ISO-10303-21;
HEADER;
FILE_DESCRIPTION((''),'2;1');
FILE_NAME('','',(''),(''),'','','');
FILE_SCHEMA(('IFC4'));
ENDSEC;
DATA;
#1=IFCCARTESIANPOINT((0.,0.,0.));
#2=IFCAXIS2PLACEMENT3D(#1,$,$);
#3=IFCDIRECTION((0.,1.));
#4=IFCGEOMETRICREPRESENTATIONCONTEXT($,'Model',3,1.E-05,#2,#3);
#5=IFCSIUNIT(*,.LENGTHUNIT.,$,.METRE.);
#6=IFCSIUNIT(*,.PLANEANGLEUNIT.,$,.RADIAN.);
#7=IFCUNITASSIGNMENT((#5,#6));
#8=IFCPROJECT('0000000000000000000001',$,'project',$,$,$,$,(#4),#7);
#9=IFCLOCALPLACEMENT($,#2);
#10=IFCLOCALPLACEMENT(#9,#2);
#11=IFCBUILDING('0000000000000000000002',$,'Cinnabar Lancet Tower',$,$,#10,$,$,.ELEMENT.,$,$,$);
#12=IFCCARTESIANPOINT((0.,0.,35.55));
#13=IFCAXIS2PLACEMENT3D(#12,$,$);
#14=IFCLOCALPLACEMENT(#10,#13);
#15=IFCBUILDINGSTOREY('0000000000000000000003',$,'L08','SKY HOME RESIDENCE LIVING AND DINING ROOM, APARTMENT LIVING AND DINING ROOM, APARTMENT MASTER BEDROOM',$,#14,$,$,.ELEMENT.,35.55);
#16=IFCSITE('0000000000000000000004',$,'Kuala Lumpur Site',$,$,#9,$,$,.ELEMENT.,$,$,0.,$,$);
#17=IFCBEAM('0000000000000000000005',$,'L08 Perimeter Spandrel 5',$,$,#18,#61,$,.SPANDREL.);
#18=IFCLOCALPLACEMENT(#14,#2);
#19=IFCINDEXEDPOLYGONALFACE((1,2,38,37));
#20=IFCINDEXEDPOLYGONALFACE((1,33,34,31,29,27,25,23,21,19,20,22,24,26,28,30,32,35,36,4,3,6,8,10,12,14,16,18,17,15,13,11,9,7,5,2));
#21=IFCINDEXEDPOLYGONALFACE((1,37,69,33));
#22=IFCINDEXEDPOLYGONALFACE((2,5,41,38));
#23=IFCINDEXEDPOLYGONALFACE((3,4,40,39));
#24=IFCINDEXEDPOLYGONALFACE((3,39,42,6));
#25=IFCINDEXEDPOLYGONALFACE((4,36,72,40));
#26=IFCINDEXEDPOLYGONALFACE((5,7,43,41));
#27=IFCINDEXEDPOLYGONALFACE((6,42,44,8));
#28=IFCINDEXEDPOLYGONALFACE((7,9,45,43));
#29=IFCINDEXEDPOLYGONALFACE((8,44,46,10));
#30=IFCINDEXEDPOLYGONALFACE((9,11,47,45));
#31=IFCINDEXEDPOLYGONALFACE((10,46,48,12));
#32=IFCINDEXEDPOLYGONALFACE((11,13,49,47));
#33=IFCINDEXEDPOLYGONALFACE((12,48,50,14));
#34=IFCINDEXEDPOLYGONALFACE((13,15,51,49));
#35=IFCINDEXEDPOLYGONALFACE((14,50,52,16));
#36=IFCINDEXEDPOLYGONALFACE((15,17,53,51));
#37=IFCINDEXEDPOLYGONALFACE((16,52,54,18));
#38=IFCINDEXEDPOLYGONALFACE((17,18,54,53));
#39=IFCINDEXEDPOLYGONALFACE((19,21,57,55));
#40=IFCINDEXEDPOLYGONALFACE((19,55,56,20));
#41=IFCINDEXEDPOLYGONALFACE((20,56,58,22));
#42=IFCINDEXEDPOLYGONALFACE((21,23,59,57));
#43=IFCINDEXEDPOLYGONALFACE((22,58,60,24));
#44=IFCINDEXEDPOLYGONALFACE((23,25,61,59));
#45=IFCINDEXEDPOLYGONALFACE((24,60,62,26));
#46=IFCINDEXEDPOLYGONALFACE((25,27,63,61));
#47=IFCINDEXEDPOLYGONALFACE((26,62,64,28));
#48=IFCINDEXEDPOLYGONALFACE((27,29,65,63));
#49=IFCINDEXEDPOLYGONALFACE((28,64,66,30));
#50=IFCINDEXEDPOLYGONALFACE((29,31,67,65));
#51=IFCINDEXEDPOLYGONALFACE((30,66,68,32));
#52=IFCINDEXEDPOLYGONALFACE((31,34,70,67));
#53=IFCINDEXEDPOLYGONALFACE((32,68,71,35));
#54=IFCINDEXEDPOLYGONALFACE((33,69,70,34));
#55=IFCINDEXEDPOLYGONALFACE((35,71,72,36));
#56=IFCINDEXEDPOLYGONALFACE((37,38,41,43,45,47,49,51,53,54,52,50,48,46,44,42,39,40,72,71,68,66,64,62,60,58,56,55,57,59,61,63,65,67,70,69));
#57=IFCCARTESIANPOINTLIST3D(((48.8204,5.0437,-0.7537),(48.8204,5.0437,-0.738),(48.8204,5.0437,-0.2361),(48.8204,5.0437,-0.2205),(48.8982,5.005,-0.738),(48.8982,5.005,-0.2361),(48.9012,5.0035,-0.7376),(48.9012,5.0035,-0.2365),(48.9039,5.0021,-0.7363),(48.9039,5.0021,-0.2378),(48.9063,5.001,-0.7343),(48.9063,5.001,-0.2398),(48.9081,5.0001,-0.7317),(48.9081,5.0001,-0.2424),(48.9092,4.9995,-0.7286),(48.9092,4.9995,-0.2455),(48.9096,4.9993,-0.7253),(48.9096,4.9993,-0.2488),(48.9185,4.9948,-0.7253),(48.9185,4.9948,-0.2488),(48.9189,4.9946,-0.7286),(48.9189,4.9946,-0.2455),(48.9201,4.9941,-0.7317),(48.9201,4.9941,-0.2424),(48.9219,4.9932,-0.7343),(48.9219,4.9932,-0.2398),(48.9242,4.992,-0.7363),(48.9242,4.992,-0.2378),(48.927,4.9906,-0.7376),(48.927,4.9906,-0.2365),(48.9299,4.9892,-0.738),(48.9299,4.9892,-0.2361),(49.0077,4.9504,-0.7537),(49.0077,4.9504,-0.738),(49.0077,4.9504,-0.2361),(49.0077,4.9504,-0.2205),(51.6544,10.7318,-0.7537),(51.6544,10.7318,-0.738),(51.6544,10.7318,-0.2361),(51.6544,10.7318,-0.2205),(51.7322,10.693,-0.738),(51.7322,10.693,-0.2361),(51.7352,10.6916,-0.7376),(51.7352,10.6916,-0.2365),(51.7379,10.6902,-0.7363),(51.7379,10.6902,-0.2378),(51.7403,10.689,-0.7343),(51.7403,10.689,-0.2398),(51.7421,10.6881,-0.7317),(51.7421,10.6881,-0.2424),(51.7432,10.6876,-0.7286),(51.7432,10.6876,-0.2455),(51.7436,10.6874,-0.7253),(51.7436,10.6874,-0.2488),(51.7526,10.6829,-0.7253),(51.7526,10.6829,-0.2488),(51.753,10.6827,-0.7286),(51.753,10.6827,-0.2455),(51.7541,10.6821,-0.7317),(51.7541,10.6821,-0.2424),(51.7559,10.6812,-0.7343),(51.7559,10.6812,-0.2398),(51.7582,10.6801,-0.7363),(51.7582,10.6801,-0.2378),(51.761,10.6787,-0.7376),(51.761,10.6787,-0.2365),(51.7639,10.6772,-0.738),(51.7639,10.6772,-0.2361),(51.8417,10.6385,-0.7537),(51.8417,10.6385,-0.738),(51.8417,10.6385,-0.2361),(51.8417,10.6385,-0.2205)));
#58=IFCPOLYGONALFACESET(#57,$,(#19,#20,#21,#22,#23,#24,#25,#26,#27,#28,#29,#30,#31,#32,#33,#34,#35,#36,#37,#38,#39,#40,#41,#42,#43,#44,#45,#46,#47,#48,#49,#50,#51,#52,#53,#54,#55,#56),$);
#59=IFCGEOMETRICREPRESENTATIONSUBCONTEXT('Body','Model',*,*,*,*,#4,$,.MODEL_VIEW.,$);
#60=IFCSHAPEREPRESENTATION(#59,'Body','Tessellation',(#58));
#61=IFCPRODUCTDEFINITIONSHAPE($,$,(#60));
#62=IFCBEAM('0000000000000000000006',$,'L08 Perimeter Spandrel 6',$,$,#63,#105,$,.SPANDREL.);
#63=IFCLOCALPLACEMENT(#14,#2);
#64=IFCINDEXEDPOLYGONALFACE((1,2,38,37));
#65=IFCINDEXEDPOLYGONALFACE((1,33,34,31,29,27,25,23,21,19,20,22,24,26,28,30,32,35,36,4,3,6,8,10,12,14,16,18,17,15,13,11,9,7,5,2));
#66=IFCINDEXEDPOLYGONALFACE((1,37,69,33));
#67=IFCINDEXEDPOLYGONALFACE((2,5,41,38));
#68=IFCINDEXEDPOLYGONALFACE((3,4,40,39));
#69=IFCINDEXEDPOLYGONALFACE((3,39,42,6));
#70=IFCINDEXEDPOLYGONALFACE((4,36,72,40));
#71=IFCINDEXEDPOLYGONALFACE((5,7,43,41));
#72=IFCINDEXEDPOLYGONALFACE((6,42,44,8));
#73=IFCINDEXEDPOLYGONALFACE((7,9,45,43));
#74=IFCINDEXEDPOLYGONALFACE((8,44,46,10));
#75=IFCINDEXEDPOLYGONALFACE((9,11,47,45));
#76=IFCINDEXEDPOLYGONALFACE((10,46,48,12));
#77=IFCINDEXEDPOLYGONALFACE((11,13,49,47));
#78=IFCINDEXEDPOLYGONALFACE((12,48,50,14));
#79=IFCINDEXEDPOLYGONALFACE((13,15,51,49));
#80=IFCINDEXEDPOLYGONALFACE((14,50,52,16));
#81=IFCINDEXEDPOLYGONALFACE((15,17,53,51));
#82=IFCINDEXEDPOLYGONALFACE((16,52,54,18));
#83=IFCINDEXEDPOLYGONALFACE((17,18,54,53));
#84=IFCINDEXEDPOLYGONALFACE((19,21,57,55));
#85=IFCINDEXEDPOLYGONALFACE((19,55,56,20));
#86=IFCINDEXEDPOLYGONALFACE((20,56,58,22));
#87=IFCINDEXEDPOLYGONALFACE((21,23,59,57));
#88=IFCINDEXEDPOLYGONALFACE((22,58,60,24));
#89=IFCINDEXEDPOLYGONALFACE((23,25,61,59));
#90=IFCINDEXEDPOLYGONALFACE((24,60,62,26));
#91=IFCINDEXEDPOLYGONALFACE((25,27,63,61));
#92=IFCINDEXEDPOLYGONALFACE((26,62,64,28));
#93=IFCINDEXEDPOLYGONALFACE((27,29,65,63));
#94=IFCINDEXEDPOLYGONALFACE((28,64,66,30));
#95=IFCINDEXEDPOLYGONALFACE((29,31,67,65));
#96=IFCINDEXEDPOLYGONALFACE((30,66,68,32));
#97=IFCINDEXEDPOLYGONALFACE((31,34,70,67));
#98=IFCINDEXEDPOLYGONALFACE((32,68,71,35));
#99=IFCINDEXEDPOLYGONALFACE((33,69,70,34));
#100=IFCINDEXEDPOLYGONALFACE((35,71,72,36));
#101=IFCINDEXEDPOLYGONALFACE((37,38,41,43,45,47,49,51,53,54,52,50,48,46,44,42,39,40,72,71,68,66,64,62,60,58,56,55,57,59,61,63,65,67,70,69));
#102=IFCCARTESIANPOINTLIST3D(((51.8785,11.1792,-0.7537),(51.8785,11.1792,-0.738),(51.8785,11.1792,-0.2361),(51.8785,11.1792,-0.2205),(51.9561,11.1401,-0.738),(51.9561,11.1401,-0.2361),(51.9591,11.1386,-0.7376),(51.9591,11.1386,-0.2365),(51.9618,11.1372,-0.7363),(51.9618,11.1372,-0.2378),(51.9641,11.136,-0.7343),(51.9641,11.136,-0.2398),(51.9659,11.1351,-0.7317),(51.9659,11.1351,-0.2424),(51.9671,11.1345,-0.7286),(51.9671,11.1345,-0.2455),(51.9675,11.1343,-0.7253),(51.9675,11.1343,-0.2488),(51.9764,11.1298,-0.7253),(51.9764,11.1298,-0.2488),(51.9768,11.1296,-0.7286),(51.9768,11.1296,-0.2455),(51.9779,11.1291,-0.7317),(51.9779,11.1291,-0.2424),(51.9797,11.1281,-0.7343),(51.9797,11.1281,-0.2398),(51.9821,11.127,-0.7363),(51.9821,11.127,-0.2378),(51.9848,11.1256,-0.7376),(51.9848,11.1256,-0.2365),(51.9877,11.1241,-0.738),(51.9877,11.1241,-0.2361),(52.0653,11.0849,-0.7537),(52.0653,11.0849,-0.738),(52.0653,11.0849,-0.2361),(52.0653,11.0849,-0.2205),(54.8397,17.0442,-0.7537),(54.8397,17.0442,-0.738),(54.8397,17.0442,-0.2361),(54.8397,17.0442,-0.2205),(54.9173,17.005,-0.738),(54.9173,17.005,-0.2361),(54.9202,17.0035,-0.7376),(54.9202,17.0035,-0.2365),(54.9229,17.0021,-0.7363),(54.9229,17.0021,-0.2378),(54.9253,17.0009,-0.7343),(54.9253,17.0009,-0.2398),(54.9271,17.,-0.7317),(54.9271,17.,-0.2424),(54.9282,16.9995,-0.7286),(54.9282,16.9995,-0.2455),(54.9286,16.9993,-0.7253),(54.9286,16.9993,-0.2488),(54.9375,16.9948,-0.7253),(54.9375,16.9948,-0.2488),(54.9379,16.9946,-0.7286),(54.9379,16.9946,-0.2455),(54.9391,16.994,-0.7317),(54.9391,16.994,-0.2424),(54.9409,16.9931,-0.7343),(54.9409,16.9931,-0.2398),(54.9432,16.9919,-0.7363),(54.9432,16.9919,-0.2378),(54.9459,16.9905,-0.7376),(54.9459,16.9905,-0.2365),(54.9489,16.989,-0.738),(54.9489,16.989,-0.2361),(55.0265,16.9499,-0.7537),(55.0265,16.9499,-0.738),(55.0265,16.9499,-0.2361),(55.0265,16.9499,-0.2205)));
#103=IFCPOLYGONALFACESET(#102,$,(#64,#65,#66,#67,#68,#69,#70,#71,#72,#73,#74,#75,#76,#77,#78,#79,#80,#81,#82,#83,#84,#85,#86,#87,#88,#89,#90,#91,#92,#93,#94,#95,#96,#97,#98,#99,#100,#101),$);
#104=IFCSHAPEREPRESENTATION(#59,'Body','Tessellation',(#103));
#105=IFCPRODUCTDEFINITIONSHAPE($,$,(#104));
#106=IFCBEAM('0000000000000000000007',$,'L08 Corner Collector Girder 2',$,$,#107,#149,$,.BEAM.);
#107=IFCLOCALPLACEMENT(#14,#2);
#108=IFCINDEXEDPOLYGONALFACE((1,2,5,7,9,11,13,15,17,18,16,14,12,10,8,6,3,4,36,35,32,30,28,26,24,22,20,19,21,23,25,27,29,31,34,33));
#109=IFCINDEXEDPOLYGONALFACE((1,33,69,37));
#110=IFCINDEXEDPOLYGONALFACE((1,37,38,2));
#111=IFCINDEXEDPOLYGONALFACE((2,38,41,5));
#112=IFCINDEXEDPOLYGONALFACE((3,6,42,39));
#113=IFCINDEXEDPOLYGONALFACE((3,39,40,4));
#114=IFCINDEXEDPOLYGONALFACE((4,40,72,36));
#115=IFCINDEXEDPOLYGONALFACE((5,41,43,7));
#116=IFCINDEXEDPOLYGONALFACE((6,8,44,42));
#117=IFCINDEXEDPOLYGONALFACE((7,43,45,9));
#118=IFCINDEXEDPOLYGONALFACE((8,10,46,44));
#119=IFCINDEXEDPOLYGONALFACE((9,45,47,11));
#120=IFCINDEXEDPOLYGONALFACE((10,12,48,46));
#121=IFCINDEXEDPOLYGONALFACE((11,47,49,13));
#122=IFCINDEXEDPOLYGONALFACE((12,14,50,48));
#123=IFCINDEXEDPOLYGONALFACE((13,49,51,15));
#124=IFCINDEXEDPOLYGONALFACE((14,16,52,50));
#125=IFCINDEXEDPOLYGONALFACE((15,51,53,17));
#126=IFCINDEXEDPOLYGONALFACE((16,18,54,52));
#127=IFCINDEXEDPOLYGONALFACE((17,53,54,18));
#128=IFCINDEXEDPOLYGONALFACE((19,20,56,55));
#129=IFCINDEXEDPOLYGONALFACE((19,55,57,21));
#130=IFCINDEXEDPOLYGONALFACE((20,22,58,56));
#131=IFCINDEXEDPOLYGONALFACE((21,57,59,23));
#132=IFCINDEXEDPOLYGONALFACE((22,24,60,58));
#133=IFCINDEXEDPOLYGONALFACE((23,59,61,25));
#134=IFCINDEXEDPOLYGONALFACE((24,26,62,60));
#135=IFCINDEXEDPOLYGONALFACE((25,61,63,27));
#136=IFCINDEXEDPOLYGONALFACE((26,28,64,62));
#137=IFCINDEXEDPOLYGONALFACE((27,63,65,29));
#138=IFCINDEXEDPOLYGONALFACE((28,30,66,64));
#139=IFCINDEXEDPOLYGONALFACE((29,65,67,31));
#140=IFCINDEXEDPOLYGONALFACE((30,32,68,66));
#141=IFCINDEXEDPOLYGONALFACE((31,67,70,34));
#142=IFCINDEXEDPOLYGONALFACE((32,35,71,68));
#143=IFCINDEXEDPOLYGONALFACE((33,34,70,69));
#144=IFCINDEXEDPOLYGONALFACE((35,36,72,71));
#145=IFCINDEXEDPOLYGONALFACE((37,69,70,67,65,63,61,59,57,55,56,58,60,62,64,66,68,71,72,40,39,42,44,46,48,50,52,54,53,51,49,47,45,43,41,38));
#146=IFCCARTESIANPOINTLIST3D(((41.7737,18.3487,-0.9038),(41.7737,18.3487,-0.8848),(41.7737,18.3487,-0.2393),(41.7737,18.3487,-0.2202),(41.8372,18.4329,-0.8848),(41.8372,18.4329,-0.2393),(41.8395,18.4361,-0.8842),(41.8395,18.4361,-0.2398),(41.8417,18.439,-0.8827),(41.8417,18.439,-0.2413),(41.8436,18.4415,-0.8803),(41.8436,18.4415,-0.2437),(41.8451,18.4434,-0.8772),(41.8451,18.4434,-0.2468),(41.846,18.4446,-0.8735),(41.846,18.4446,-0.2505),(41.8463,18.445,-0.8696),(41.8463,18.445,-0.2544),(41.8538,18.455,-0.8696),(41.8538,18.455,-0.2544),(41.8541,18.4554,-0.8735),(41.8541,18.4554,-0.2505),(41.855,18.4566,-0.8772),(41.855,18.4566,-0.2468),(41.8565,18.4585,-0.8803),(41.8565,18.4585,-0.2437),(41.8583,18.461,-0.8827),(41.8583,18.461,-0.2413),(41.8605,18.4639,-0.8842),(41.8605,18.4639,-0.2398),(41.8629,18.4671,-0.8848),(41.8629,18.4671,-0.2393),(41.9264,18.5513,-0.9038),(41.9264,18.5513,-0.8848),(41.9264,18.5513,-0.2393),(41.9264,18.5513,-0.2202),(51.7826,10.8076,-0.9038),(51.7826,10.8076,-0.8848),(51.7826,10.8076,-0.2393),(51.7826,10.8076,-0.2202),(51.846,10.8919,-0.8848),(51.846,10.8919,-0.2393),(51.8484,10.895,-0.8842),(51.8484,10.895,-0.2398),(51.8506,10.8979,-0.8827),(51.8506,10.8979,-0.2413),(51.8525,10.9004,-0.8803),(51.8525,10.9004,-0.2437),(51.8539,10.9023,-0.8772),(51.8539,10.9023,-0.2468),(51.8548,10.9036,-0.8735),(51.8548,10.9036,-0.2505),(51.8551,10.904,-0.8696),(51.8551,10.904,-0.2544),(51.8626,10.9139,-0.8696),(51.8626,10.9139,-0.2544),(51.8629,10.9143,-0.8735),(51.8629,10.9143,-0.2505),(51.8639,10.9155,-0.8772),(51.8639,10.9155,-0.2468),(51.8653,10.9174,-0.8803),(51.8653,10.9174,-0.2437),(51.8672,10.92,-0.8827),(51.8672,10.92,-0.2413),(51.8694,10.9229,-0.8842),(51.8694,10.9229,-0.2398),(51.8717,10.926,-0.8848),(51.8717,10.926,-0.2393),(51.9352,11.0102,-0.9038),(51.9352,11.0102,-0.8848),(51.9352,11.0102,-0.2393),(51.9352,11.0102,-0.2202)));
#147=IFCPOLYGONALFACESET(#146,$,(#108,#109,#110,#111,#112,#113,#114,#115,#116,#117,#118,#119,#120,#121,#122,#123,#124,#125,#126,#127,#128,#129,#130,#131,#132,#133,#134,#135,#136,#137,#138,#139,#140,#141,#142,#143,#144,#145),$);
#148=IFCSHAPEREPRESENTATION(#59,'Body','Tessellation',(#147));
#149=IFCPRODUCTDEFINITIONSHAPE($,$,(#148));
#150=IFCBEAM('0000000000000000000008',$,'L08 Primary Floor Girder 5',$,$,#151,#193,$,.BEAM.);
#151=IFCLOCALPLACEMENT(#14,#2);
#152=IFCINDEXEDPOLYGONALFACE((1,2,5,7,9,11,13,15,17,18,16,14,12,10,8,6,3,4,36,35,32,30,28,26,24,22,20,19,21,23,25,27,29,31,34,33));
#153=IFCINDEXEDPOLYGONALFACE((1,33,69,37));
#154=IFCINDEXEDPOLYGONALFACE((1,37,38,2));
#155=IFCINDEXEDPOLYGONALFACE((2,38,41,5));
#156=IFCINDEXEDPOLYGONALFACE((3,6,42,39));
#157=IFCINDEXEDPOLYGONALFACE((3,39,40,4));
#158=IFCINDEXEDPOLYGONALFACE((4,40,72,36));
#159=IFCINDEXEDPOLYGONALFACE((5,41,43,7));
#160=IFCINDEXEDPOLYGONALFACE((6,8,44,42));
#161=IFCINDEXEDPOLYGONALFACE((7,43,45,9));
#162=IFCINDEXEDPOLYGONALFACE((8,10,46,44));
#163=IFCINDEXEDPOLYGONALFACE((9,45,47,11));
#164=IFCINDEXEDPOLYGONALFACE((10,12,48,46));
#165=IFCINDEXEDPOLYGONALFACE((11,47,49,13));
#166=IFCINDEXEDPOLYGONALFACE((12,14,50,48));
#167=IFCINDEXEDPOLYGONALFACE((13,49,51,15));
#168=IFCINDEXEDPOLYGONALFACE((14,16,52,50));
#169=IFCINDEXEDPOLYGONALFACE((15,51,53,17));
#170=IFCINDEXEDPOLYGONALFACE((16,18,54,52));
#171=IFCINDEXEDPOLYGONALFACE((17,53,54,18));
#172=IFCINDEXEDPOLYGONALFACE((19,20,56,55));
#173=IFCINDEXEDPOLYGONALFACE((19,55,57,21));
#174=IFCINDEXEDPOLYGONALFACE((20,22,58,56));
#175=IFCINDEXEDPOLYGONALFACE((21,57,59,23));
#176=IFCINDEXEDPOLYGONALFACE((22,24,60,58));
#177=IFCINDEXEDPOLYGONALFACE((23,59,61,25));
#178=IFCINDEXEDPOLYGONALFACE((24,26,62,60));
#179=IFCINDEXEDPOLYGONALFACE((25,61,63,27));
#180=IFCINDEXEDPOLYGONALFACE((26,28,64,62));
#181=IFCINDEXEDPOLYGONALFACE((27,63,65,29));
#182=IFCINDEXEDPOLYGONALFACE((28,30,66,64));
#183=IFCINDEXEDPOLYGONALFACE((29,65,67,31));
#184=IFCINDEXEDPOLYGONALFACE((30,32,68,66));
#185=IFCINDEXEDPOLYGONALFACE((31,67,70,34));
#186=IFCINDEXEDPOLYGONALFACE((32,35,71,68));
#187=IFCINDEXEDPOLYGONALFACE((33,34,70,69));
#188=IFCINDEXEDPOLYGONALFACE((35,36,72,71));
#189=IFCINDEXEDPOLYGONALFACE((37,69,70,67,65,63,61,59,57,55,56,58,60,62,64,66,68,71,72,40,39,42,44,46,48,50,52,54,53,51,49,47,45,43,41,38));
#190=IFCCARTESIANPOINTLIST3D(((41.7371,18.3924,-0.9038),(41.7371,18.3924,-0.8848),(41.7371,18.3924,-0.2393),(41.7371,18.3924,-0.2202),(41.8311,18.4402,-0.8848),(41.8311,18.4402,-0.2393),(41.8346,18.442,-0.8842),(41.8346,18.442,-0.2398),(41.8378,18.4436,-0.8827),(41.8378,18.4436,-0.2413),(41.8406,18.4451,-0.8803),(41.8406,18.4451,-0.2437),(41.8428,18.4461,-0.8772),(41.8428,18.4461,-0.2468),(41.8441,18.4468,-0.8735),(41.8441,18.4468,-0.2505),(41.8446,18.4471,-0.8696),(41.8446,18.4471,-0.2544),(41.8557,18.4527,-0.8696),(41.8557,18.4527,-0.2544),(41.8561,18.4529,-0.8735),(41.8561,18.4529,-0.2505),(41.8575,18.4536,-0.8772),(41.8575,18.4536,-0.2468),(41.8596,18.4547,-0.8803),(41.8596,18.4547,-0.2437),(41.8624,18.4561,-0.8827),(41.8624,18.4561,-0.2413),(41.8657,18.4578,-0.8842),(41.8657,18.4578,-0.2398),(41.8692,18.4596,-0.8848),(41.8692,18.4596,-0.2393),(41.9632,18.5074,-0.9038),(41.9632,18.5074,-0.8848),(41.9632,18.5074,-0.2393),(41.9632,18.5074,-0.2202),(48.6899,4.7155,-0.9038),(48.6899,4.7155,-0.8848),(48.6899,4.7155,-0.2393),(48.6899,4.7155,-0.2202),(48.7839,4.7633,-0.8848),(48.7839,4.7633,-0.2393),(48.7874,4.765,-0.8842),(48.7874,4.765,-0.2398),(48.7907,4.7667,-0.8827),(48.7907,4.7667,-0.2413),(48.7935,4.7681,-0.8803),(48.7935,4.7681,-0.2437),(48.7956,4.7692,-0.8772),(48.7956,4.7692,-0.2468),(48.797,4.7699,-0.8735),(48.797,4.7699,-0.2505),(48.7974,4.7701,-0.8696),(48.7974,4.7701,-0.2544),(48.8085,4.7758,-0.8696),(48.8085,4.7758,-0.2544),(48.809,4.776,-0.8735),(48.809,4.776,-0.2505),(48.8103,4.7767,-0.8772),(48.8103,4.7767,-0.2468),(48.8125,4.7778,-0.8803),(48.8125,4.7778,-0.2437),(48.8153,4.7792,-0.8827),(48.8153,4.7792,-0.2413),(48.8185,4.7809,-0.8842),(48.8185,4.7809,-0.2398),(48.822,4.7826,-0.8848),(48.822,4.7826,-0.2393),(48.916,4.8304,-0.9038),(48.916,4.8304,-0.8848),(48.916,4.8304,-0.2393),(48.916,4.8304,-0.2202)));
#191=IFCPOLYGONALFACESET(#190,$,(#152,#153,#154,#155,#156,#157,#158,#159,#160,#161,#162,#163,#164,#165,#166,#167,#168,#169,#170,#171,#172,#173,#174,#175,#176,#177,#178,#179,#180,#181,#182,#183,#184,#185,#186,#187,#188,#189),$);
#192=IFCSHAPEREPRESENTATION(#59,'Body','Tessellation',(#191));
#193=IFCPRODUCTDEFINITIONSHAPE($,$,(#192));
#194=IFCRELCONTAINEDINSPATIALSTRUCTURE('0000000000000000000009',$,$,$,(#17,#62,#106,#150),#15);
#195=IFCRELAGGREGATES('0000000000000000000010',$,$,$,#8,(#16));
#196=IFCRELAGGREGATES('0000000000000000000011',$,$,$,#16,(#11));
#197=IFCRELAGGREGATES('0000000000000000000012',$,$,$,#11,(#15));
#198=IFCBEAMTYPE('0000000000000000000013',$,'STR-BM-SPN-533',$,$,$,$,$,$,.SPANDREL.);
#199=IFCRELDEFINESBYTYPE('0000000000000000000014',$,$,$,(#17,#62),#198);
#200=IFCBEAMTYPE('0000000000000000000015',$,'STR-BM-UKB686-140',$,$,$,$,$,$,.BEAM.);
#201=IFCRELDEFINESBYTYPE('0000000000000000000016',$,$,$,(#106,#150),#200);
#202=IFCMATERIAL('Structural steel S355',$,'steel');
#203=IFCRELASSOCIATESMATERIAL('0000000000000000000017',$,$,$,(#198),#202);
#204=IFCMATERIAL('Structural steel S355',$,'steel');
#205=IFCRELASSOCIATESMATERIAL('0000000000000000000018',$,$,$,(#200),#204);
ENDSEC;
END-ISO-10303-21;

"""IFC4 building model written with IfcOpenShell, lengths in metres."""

from ifc_helpers import new_model, si_unit, direction, frame, origin, origin_2d, place, context, subcontext, project, spatial, i_section, extrude, material, material_profile, profile_set, type_object, element, save


model = new_model("IFC4")

# Units and contexts
model_context = context("Model", 3, precision=1e-05, world=origin(), true_north=direction((0.0, 1.0)))
body_context = subcontext(model_context, "Body", "Model", "MODEL_VIEW")
ifc_project = project(units=[si_unit("LENGTHUNIT", "METRE"), si_unit("PLANEANGLEUNIT", "RADIAN")], contexts=[model_context])

# Site, building, storey
site_placement = place(None, origin())
site = spatial("IfcSite", under=ifc_project, at=site_placement, Name="Kuala Lumpur Site", CompositionType="ELEMENT", RefElevation=0.0)
building_placement = place(site_placement, origin())
building = spatial("IfcBuilding", under=site, at=building_placement, Name="Cinnabar Lancet Tower", CompositionType="ELEMENT")
storey_placement = place(building_placement, frame((0.0, 0.0, 35.55)))
storey = spatial("IfcBuildingStorey", under=building, at=storey_placement, Name="L08", Description="SKY HOME RESIDENCE LIVING AND DINING ROOM, APARTMENT LIVING AND DINING ROOM, APARTMENT MASTER BEDROOM", CompositionType="ELEMENT", Elevation=35.55)

# Beams
ifc_material_1 = material(Name="Structural steel S355", Category="steel")
ifc_material_profile_1 = material_profile(ifc_material_1, i_section(OverallWidth=0.2092, OverallDepth=0.5332, WebThickness=0.01, FlangeThickness=0.0156, FilletRadius=0.0127, at=origin_2d()), Name="UKB 533x210x92")
ifc_profile_set_1 = profile_set([ifc_material_profile_1], Name="Structural steel S355")
beam_type_1 = type_object("IfcBeamType", Name="STR-BM-SPN-533", PredefinedType="SPANDREL", material=ifc_profile_set_1)
beam_1_placement = place(storey_placement, frame((48.9141, 4.9971, -0.4871), z_axis=(0.445953, 0.895056, 0.0), x_axis=(-0.895056, 0.445953, 0.0)))
element("IfcBeam", 1, at=beam_1_placement, inside=storey, type_object=beam_type_1, Name="L08 Perimeter Spandrel 5", PredefinedType="SPANDREL", context=body_context, shape_type="SweptSolid", body=[
    extrude(i_section(OverallWidth=0.2092, OverallDepth=0.5332, WebThickness=0.01, FlangeThickness=0.0156, FilletRadius=0.0127, at=origin_2d()), origin(), (0.0, 0.0, 1.0), 6.355),
])
beam_2_placement = place(storey_placement, frame((51.9719, 11.1321, -0.4871), z_axis=(0.450703, 0.892674, 0.0), x_axis=(-0.892674, 0.450703, 0.0)))
element("IfcBeam", 2, at=beam_2_placement, inside=storey, type_object=beam_type_1, Name="L08 Perimeter Spandrel 6", PredefinedType="SPANDREL", context=body_context, shape_type="SweptSolid", body=[
    extrude(i_section(OverallWidth=0.2092, OverallDepth=0.5332, WebThickness=0.01, FlangeThickness=0.0156, FilletRadius=0.0127, at=origin_2d()), origin(), (0.0, 0.0, 1.0), 6.5701),
])
ifc_material_2 = material(Name="Structural steel S355", Category="steel")
ifc_material_profile_2 = material_profile(ifc_material_2, i_section(OverallWidth=0.2537, OverallDepth=0.6836, WebThickness=0.0125, FlangeThickness=0.019, FilletRadius=0.0151, at=origin_2d()), Name="UKB 686x254x140")
ifc_profile_set_2 = profile_set([ifc_material_profile_2], Name="Structural steel S355")
beam_type_2 = type_object("IfcBeamType", Name="STR-BM-UKB686-140", PredefinedType="BEAM", material=ifc_profile_set_2)
beam_3_placement = place(storey_placement, frame((51.8589, 10.9089, -0.562), z_axis=(-0.79868, 0.601757, 0.0), x_axis=(-0.601757, -0.79868, 0.0)))
element("IfcBeam", 3, at=beam_3_placement, inside=storey, type_object=beam_type_2, Name="L08 Corner Collector Girder 2", PredefinedType="BEAM", context=body_context, shape_type="SweptSolid", body=[
    extrude(i_section(OverallWidth=0.2537, OverallDepth=0.6836, WebThickness=0.0125, FlangeThickness=0.019, FilletRadius=0.0151, at=origin_2d()), origin(), (0.0, 0.0, 1.0), 12.5317),
])
beam_4_placement = place(storey_placement, frame((48.803, 4.7729, -0.562), z_axis=(-0.453168, 0.891425, 0.0), x_axis=(-0.891425, -0.453168, 0.0)))
element("IfcBeam", 4, at=beam_4_placement, inside=storey, type_object=beam_type_2, Name="L08 Primary Floor Girder 5", PredefinedType="BEAM", context=body_context, shape_type="SweptSolid", body=[
    extrude(i_section(OverallWidth=0.2537, OverallDepth=0.6836, WebThickness=0.0125, FlangeThickness=0.019, FilletRadius=0.0151, at=origin_2d()), origin(), (0.0, 0.0, 1.0), 15.3428),
])

save(model, "model.ifc")
